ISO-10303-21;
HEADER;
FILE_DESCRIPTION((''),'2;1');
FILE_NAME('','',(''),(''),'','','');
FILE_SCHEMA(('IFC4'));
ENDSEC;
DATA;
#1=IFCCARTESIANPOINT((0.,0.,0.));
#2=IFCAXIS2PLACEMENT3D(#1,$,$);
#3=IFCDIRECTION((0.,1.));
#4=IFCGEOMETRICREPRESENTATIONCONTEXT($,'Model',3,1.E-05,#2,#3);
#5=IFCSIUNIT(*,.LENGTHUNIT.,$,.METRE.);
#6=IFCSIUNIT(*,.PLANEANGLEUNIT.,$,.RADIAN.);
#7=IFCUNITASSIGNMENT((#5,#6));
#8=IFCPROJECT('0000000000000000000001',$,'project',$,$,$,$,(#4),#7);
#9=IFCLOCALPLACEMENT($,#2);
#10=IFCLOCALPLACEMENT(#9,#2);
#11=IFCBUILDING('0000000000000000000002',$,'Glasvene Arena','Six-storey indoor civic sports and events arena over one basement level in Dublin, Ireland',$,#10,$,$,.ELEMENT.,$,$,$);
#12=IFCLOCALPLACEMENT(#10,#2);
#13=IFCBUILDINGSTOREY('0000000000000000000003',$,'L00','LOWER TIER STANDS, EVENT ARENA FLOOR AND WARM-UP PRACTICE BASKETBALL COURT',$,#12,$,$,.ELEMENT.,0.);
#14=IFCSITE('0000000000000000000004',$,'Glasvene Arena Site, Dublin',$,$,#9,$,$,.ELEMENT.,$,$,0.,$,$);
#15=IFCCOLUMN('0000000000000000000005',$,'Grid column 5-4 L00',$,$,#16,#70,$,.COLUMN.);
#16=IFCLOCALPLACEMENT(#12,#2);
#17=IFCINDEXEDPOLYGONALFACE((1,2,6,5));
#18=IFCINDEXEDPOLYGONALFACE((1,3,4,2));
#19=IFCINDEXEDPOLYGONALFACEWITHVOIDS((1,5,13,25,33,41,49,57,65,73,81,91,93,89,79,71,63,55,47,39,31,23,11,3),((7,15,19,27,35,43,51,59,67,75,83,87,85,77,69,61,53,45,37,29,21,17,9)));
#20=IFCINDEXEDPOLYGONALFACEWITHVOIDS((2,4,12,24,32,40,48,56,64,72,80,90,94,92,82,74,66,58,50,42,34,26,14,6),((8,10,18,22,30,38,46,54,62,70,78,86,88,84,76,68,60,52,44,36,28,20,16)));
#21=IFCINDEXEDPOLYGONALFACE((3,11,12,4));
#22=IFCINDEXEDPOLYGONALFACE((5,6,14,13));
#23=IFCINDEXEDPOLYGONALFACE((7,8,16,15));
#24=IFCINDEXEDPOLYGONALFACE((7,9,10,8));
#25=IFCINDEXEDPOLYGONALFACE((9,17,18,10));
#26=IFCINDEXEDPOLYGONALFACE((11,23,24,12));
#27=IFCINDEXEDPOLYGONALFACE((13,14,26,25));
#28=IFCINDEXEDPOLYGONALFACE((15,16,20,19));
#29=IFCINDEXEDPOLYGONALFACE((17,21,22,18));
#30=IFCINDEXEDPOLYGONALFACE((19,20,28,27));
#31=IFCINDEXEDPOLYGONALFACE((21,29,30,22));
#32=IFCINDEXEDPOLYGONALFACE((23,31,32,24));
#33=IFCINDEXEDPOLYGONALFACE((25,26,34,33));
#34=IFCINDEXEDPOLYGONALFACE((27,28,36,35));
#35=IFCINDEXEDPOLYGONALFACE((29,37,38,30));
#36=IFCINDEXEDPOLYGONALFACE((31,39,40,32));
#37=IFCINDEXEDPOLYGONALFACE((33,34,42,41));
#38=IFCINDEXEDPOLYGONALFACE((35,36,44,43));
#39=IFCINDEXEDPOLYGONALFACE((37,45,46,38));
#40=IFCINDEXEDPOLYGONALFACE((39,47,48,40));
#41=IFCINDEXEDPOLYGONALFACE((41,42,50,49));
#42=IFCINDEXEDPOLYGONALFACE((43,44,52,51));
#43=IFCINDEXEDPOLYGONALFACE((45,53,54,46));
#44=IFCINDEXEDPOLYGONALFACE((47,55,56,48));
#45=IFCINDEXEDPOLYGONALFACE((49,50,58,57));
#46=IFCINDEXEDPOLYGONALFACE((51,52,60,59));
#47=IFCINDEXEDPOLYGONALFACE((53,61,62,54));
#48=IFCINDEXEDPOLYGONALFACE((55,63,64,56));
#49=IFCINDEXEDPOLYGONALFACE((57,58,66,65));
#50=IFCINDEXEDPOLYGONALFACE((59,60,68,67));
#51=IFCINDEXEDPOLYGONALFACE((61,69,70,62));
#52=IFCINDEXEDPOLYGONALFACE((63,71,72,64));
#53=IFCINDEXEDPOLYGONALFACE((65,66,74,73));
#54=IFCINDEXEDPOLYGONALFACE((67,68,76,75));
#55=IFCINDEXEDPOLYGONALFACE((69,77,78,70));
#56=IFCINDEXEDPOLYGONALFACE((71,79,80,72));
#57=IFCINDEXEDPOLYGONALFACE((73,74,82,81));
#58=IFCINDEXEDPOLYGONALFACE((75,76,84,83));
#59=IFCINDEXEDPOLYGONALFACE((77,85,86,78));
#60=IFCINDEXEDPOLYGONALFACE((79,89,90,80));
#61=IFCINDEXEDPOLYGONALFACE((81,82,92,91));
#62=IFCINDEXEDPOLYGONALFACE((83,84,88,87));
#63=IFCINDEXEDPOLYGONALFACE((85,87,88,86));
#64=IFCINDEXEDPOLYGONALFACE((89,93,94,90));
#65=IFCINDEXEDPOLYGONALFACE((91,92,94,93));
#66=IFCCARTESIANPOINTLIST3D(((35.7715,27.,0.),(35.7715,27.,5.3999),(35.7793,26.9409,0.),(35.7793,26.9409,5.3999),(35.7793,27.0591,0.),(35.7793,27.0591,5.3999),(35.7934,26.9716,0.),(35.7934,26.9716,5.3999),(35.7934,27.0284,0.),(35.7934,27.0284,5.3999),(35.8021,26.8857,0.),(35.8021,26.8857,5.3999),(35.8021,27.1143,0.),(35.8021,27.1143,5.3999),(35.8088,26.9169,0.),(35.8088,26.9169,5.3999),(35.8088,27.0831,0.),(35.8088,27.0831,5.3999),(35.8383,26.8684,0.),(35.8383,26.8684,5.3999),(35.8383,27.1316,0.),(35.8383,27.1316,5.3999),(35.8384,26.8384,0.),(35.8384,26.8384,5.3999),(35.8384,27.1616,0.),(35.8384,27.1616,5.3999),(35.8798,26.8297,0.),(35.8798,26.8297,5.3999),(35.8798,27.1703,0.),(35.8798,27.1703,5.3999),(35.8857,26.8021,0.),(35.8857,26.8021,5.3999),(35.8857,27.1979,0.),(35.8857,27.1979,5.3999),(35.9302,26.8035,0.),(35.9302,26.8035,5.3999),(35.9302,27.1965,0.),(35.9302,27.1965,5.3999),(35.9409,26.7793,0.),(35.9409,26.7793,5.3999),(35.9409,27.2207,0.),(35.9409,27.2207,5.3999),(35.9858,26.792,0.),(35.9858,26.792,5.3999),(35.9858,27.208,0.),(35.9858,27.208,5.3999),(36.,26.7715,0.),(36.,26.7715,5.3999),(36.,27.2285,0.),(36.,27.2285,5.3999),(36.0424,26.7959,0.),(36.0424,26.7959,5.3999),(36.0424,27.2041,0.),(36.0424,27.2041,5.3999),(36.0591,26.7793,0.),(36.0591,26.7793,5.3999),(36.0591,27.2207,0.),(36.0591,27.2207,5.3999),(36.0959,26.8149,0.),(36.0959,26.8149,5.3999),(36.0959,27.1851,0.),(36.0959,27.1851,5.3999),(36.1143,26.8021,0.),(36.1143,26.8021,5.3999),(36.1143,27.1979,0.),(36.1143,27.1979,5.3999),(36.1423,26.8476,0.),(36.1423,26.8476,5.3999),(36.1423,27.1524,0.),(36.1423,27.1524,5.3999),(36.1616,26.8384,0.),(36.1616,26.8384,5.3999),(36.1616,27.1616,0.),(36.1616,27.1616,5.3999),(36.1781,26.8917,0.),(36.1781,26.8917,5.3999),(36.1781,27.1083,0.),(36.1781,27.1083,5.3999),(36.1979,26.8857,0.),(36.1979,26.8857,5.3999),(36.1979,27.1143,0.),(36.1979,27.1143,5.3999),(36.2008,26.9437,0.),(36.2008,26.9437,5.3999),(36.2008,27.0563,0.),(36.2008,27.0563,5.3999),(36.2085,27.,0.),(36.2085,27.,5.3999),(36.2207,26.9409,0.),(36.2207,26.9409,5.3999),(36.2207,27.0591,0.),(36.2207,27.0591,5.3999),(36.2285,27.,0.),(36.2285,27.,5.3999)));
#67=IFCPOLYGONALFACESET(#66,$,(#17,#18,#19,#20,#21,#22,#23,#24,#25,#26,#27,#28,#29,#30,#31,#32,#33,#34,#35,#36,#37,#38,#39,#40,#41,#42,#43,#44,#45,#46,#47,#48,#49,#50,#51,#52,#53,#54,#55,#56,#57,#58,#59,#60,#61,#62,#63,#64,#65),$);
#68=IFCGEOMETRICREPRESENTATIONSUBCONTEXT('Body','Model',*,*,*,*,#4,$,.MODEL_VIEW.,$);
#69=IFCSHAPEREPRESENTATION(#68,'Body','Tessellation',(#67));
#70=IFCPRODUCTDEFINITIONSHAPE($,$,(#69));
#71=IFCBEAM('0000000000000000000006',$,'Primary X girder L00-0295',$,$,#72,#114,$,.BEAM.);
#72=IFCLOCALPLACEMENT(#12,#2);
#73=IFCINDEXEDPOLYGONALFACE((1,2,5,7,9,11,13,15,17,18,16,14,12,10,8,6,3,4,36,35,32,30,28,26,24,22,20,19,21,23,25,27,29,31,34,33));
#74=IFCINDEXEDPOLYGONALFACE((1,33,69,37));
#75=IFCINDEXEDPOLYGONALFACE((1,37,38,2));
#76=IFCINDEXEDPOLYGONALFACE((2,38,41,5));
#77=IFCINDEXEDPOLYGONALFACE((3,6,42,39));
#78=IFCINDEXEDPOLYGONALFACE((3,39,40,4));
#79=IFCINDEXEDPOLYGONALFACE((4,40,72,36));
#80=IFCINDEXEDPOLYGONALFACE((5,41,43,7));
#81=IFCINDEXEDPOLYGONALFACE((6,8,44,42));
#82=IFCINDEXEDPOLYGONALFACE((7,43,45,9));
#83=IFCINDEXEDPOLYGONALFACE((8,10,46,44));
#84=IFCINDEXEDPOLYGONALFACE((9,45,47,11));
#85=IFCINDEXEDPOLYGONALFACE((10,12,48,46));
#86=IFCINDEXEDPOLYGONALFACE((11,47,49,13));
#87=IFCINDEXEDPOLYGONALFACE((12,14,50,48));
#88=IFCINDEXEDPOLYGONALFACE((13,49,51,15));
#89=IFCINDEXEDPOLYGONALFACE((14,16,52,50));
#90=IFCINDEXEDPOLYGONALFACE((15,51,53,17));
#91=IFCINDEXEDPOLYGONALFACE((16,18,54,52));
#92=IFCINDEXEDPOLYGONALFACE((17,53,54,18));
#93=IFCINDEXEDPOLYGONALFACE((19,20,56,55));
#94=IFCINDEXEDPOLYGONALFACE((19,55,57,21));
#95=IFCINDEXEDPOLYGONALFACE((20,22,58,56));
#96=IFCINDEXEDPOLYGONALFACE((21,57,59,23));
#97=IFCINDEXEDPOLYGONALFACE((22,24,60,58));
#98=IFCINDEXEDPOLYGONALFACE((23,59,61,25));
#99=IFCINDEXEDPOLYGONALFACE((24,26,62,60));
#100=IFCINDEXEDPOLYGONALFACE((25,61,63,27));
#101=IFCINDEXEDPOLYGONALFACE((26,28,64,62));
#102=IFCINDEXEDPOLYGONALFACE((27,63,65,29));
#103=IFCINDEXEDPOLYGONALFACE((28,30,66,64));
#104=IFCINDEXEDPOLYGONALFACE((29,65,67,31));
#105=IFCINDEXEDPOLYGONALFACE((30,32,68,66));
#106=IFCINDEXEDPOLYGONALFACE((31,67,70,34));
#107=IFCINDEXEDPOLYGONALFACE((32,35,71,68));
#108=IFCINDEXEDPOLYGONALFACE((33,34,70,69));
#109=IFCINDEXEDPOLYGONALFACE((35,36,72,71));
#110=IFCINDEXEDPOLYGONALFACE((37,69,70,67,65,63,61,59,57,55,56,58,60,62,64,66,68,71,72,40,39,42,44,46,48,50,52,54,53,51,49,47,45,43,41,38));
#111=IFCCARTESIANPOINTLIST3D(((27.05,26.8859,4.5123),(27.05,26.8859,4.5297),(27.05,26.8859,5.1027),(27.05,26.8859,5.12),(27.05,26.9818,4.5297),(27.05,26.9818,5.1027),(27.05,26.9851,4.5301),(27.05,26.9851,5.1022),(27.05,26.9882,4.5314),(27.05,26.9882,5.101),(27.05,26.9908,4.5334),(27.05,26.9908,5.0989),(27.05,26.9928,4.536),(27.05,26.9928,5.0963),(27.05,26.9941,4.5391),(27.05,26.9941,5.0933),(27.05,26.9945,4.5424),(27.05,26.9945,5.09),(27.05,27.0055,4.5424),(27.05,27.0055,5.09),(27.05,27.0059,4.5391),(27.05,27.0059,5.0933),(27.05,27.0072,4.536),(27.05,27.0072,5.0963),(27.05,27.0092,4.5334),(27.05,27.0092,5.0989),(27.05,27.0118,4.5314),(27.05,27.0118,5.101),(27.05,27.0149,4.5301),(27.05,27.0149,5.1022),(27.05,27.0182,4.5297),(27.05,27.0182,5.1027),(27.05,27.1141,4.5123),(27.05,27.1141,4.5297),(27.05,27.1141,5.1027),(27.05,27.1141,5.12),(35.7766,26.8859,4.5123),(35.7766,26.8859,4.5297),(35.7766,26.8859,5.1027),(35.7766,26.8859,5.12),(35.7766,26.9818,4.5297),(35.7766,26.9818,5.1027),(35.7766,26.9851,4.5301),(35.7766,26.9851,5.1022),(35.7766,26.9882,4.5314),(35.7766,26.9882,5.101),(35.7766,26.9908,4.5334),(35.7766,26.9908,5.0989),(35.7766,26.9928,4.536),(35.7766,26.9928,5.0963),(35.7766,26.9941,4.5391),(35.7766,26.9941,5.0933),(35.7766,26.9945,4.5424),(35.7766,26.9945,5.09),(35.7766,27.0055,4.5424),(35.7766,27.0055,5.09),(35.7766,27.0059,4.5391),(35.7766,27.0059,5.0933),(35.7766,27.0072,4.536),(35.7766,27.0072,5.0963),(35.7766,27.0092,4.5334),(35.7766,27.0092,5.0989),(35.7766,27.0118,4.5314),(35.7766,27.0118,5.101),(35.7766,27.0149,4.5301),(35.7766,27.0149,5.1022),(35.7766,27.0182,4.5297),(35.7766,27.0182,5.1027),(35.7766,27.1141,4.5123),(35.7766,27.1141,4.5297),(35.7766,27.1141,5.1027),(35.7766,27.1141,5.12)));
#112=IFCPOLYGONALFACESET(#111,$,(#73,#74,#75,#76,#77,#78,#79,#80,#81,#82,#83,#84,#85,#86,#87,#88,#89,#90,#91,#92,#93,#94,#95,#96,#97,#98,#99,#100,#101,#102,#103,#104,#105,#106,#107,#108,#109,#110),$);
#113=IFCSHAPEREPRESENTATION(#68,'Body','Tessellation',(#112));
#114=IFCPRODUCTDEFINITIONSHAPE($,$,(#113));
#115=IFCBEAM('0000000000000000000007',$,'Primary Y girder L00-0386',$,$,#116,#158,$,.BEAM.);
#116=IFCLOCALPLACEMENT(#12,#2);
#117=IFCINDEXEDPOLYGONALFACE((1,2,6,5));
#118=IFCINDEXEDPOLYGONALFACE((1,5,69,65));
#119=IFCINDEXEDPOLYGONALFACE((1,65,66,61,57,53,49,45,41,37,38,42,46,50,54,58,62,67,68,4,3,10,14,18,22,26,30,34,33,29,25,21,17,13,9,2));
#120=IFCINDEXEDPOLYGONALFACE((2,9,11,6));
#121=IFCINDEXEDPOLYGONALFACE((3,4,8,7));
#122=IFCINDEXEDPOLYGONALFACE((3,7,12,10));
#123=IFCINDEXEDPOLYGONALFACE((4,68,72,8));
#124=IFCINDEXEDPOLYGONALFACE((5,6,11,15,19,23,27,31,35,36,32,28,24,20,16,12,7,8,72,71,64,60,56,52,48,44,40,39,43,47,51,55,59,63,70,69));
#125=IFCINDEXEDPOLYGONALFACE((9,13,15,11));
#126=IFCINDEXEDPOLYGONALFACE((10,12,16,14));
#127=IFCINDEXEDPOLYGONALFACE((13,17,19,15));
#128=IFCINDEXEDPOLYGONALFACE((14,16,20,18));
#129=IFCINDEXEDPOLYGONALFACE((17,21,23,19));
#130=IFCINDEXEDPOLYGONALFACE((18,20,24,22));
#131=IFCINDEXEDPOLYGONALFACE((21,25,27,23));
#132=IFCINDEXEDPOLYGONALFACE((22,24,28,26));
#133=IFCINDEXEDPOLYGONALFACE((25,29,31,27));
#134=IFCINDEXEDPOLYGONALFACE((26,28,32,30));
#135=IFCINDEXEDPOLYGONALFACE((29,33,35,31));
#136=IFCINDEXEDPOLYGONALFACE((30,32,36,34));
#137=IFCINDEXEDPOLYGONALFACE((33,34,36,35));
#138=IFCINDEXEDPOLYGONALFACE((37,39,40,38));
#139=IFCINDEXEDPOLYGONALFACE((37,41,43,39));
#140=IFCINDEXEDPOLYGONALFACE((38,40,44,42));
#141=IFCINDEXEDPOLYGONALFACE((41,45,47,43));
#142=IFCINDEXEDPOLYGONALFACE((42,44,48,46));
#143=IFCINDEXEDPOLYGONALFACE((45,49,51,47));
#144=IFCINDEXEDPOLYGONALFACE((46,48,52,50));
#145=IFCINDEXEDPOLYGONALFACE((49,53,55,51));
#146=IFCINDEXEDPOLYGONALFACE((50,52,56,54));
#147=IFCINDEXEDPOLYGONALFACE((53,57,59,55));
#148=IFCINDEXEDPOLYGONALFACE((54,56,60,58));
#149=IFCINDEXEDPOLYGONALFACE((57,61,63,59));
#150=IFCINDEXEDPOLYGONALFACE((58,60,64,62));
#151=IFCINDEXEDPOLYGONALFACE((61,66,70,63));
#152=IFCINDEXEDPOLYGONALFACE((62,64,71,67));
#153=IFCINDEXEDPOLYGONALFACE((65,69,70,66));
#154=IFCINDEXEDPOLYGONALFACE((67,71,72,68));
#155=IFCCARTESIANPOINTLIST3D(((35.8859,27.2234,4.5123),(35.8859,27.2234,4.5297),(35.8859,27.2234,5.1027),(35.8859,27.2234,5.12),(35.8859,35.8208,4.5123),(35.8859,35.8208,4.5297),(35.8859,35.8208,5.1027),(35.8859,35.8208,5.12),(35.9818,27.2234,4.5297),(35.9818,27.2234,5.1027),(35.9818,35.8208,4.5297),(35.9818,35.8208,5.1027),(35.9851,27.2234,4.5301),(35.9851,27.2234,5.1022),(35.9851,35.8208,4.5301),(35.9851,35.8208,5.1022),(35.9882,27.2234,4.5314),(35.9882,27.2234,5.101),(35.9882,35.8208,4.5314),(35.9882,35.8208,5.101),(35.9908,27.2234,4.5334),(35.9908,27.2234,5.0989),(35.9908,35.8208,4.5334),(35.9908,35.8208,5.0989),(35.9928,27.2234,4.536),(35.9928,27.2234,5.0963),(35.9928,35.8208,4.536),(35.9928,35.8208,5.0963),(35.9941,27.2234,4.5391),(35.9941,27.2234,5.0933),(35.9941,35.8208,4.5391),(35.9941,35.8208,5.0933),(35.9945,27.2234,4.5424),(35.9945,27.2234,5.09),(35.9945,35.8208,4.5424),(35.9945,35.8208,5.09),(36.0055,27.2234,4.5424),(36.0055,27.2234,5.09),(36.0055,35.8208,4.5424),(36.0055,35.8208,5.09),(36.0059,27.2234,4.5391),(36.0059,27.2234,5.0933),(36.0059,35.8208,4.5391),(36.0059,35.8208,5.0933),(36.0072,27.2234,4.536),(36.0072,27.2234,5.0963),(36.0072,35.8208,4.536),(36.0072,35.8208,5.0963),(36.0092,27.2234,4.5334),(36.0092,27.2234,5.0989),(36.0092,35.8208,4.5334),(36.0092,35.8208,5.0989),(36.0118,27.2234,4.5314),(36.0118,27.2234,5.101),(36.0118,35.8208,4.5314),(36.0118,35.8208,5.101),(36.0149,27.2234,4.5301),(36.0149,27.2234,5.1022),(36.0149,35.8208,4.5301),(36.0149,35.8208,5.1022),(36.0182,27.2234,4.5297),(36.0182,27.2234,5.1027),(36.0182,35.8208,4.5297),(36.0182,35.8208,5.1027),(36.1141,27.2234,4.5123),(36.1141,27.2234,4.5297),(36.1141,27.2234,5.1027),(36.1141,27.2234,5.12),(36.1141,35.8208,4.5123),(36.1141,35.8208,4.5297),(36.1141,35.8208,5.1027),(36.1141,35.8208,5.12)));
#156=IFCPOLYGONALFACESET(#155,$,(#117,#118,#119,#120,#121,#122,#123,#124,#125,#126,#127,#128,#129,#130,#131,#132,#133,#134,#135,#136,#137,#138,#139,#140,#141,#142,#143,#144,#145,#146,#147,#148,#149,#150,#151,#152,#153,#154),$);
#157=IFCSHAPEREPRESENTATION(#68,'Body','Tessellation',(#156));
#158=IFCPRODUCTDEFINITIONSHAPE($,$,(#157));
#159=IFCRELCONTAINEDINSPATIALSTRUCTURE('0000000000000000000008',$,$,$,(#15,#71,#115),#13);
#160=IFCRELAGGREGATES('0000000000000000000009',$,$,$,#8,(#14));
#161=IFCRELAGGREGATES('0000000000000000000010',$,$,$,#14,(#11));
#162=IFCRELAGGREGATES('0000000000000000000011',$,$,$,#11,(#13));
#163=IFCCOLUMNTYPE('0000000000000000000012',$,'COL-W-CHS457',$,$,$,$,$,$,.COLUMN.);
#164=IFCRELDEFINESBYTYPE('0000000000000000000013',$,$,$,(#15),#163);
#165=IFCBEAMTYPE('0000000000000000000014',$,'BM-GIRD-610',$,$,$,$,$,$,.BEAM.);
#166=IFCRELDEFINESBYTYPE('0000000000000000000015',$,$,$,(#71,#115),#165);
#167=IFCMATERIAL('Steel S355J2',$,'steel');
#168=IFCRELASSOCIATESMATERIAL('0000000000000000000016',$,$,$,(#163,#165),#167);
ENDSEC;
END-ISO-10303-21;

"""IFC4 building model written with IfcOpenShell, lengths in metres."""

from ifc_helpers import new_model, si_unit, direction, frame, origin, origin_2d, place, context, subcontext, project, spatial, hollow_circle, i_section, extrude, material, material_profile, profile_set, type_object, element, save


model = new_model("IFC4")

# Units and contexts
model_context = context("Model", 3, precision=1e-05, world=origin(), true_north=direction((0.0, 1.0)))
body_context = subcontext(model_context, "Body", "Model", "MODEL_VIEW")
ifc_project = project(units=[si_unit("LENGTHUNIT", "METRE"), si_unit("PLANEANGLEUNIT", "RADIAN")], contexts=[model_context])

# Site, building, storey
site_placement = place(None, origin())
site = spatial("IfcSite", under=ifc_project, at=site_placement, Name="Glasvene Arena Site, Dublin", CompositionType="ELEMENT", RefElevation=0.0)
building_placement = place(site_placement, origin())
building = spatial("IfcBuilding", under=site, at=building_placement, Name="Glasvene Arena", Description="Six-storey indoor civic sports and events arena over one basement level in Dublin, Ireland", CompositionType="ELEMENT")
storey_placement = place(building_placement, origin())
storey = spatial("IfcBuildingStorey", under=building, at=storey_placement, Name="L00", Description="LOWER TIER STANDS, EVENT ARENA FLOOR AND WARM-UP PRACTICE BASKETBALL COURT", CompositionType="ELEMENT", Elevation=0.0)

# Column
ifc_material_1 = material(Name="Steel S355J2", Category="steel")
ifc_material_profile_1 = material_profile(ifc_material_1, hollow_circle(Radius=0.2285, WallThickness=0.02, at=origin_2d()), Name="CHS 457.0x20.0")
ifc_profile_set_1 = profile_set([ifc_material_profile_1], Name="Steel S355J2")
column_type = type_object("IfcColumnType", Name="COL-W-CHS457", PredefinedType="COLUMN", material=ifc_profile_set_1)
column_placement = place(storey_placement, frame((36.0, 27.0, 0.0), z_axis=(0.0, 0.0, 1.0), x_axis=(1.0, 0.0, 0.0)))
element("IfcColumn", 1, at=column_placement, inside=storey, type_object=column_type, Name="Grid column 5-4 L00", PredefinedType="COLUMN", context=body_context, shape_type="SweptSolid", body=[
    extrude(hollow_circle(Radius=0.2285, WallThickness=0.02, at=origin_2d()), origin(), (0.0, 0.0, 1.0), 5.3999),
])

# Beams
ifc_material_profile_2 = material_profile(ifc_material_1, i_section(OverallWidth=0.2283, OverallDepth=0.6077, WebThickness=0.011, FlangeThickness=0.0173, FilletRadius=0.0127, at=origin_2d()), Name="UKB 610x229x113")
ifc_profile_set_2 = profile_set([ifc_material_profile_2], Name="Steel S355J2")
beam_type_1 = type_object("IfcBeamType", Name="BM-GIRD-610", PredefinedType="BEAM", material=ifc_profile_set_2)
beam_1_placement = place(storey_placement, frame((27.05, 27.0, 4.8162), z_axis=(1.0, 0.0, 0.0), x_axis=(0.0, 1.0, 0.0)))
element("IfcBeam", 2, at=beam_1_placement, inside=storey, type_object=beam_type_1, Name="Primary X girder L00-0295", PredefinedType="BEAM", context=body_context, shape_type="SweptSolid", body=[
    extrude(i_section(OverallWidth=0.2283, OverallDepth=0.6077, WebThickness=0.011, FlangeThickness=0.0173, FilletRadius=0.0127, at=origin_2d()), origin(), (0.0, 0.0, 1.0), 8.7266),
])
beam_2_placement = place(storey_placement, frame((36.0, 27.2234, 4.8162), z_axis=(0.0, 1.0, 0.0), x_axis=(-1.0, 0.0, 0.0)))
element("IfcBeam", 3, at=beam_2_placement, inside=storey, type_object=beam_type_1, Name="Primary Y girder L00-0386", PredefinedType="BEAM", context=body_context, shape_type="SweptSolid", body=[
    extrude(i_section(OverallWidth=0.2283, OverallDepth=0.6077, WebThickness=0.011, FlangeThickness=0.0173, FilletRadius=0.0127, at=origin_2d()), origin(), (0.0, 0.0, 1.0), 8.5974),
])

save(model, "model.ifc")
